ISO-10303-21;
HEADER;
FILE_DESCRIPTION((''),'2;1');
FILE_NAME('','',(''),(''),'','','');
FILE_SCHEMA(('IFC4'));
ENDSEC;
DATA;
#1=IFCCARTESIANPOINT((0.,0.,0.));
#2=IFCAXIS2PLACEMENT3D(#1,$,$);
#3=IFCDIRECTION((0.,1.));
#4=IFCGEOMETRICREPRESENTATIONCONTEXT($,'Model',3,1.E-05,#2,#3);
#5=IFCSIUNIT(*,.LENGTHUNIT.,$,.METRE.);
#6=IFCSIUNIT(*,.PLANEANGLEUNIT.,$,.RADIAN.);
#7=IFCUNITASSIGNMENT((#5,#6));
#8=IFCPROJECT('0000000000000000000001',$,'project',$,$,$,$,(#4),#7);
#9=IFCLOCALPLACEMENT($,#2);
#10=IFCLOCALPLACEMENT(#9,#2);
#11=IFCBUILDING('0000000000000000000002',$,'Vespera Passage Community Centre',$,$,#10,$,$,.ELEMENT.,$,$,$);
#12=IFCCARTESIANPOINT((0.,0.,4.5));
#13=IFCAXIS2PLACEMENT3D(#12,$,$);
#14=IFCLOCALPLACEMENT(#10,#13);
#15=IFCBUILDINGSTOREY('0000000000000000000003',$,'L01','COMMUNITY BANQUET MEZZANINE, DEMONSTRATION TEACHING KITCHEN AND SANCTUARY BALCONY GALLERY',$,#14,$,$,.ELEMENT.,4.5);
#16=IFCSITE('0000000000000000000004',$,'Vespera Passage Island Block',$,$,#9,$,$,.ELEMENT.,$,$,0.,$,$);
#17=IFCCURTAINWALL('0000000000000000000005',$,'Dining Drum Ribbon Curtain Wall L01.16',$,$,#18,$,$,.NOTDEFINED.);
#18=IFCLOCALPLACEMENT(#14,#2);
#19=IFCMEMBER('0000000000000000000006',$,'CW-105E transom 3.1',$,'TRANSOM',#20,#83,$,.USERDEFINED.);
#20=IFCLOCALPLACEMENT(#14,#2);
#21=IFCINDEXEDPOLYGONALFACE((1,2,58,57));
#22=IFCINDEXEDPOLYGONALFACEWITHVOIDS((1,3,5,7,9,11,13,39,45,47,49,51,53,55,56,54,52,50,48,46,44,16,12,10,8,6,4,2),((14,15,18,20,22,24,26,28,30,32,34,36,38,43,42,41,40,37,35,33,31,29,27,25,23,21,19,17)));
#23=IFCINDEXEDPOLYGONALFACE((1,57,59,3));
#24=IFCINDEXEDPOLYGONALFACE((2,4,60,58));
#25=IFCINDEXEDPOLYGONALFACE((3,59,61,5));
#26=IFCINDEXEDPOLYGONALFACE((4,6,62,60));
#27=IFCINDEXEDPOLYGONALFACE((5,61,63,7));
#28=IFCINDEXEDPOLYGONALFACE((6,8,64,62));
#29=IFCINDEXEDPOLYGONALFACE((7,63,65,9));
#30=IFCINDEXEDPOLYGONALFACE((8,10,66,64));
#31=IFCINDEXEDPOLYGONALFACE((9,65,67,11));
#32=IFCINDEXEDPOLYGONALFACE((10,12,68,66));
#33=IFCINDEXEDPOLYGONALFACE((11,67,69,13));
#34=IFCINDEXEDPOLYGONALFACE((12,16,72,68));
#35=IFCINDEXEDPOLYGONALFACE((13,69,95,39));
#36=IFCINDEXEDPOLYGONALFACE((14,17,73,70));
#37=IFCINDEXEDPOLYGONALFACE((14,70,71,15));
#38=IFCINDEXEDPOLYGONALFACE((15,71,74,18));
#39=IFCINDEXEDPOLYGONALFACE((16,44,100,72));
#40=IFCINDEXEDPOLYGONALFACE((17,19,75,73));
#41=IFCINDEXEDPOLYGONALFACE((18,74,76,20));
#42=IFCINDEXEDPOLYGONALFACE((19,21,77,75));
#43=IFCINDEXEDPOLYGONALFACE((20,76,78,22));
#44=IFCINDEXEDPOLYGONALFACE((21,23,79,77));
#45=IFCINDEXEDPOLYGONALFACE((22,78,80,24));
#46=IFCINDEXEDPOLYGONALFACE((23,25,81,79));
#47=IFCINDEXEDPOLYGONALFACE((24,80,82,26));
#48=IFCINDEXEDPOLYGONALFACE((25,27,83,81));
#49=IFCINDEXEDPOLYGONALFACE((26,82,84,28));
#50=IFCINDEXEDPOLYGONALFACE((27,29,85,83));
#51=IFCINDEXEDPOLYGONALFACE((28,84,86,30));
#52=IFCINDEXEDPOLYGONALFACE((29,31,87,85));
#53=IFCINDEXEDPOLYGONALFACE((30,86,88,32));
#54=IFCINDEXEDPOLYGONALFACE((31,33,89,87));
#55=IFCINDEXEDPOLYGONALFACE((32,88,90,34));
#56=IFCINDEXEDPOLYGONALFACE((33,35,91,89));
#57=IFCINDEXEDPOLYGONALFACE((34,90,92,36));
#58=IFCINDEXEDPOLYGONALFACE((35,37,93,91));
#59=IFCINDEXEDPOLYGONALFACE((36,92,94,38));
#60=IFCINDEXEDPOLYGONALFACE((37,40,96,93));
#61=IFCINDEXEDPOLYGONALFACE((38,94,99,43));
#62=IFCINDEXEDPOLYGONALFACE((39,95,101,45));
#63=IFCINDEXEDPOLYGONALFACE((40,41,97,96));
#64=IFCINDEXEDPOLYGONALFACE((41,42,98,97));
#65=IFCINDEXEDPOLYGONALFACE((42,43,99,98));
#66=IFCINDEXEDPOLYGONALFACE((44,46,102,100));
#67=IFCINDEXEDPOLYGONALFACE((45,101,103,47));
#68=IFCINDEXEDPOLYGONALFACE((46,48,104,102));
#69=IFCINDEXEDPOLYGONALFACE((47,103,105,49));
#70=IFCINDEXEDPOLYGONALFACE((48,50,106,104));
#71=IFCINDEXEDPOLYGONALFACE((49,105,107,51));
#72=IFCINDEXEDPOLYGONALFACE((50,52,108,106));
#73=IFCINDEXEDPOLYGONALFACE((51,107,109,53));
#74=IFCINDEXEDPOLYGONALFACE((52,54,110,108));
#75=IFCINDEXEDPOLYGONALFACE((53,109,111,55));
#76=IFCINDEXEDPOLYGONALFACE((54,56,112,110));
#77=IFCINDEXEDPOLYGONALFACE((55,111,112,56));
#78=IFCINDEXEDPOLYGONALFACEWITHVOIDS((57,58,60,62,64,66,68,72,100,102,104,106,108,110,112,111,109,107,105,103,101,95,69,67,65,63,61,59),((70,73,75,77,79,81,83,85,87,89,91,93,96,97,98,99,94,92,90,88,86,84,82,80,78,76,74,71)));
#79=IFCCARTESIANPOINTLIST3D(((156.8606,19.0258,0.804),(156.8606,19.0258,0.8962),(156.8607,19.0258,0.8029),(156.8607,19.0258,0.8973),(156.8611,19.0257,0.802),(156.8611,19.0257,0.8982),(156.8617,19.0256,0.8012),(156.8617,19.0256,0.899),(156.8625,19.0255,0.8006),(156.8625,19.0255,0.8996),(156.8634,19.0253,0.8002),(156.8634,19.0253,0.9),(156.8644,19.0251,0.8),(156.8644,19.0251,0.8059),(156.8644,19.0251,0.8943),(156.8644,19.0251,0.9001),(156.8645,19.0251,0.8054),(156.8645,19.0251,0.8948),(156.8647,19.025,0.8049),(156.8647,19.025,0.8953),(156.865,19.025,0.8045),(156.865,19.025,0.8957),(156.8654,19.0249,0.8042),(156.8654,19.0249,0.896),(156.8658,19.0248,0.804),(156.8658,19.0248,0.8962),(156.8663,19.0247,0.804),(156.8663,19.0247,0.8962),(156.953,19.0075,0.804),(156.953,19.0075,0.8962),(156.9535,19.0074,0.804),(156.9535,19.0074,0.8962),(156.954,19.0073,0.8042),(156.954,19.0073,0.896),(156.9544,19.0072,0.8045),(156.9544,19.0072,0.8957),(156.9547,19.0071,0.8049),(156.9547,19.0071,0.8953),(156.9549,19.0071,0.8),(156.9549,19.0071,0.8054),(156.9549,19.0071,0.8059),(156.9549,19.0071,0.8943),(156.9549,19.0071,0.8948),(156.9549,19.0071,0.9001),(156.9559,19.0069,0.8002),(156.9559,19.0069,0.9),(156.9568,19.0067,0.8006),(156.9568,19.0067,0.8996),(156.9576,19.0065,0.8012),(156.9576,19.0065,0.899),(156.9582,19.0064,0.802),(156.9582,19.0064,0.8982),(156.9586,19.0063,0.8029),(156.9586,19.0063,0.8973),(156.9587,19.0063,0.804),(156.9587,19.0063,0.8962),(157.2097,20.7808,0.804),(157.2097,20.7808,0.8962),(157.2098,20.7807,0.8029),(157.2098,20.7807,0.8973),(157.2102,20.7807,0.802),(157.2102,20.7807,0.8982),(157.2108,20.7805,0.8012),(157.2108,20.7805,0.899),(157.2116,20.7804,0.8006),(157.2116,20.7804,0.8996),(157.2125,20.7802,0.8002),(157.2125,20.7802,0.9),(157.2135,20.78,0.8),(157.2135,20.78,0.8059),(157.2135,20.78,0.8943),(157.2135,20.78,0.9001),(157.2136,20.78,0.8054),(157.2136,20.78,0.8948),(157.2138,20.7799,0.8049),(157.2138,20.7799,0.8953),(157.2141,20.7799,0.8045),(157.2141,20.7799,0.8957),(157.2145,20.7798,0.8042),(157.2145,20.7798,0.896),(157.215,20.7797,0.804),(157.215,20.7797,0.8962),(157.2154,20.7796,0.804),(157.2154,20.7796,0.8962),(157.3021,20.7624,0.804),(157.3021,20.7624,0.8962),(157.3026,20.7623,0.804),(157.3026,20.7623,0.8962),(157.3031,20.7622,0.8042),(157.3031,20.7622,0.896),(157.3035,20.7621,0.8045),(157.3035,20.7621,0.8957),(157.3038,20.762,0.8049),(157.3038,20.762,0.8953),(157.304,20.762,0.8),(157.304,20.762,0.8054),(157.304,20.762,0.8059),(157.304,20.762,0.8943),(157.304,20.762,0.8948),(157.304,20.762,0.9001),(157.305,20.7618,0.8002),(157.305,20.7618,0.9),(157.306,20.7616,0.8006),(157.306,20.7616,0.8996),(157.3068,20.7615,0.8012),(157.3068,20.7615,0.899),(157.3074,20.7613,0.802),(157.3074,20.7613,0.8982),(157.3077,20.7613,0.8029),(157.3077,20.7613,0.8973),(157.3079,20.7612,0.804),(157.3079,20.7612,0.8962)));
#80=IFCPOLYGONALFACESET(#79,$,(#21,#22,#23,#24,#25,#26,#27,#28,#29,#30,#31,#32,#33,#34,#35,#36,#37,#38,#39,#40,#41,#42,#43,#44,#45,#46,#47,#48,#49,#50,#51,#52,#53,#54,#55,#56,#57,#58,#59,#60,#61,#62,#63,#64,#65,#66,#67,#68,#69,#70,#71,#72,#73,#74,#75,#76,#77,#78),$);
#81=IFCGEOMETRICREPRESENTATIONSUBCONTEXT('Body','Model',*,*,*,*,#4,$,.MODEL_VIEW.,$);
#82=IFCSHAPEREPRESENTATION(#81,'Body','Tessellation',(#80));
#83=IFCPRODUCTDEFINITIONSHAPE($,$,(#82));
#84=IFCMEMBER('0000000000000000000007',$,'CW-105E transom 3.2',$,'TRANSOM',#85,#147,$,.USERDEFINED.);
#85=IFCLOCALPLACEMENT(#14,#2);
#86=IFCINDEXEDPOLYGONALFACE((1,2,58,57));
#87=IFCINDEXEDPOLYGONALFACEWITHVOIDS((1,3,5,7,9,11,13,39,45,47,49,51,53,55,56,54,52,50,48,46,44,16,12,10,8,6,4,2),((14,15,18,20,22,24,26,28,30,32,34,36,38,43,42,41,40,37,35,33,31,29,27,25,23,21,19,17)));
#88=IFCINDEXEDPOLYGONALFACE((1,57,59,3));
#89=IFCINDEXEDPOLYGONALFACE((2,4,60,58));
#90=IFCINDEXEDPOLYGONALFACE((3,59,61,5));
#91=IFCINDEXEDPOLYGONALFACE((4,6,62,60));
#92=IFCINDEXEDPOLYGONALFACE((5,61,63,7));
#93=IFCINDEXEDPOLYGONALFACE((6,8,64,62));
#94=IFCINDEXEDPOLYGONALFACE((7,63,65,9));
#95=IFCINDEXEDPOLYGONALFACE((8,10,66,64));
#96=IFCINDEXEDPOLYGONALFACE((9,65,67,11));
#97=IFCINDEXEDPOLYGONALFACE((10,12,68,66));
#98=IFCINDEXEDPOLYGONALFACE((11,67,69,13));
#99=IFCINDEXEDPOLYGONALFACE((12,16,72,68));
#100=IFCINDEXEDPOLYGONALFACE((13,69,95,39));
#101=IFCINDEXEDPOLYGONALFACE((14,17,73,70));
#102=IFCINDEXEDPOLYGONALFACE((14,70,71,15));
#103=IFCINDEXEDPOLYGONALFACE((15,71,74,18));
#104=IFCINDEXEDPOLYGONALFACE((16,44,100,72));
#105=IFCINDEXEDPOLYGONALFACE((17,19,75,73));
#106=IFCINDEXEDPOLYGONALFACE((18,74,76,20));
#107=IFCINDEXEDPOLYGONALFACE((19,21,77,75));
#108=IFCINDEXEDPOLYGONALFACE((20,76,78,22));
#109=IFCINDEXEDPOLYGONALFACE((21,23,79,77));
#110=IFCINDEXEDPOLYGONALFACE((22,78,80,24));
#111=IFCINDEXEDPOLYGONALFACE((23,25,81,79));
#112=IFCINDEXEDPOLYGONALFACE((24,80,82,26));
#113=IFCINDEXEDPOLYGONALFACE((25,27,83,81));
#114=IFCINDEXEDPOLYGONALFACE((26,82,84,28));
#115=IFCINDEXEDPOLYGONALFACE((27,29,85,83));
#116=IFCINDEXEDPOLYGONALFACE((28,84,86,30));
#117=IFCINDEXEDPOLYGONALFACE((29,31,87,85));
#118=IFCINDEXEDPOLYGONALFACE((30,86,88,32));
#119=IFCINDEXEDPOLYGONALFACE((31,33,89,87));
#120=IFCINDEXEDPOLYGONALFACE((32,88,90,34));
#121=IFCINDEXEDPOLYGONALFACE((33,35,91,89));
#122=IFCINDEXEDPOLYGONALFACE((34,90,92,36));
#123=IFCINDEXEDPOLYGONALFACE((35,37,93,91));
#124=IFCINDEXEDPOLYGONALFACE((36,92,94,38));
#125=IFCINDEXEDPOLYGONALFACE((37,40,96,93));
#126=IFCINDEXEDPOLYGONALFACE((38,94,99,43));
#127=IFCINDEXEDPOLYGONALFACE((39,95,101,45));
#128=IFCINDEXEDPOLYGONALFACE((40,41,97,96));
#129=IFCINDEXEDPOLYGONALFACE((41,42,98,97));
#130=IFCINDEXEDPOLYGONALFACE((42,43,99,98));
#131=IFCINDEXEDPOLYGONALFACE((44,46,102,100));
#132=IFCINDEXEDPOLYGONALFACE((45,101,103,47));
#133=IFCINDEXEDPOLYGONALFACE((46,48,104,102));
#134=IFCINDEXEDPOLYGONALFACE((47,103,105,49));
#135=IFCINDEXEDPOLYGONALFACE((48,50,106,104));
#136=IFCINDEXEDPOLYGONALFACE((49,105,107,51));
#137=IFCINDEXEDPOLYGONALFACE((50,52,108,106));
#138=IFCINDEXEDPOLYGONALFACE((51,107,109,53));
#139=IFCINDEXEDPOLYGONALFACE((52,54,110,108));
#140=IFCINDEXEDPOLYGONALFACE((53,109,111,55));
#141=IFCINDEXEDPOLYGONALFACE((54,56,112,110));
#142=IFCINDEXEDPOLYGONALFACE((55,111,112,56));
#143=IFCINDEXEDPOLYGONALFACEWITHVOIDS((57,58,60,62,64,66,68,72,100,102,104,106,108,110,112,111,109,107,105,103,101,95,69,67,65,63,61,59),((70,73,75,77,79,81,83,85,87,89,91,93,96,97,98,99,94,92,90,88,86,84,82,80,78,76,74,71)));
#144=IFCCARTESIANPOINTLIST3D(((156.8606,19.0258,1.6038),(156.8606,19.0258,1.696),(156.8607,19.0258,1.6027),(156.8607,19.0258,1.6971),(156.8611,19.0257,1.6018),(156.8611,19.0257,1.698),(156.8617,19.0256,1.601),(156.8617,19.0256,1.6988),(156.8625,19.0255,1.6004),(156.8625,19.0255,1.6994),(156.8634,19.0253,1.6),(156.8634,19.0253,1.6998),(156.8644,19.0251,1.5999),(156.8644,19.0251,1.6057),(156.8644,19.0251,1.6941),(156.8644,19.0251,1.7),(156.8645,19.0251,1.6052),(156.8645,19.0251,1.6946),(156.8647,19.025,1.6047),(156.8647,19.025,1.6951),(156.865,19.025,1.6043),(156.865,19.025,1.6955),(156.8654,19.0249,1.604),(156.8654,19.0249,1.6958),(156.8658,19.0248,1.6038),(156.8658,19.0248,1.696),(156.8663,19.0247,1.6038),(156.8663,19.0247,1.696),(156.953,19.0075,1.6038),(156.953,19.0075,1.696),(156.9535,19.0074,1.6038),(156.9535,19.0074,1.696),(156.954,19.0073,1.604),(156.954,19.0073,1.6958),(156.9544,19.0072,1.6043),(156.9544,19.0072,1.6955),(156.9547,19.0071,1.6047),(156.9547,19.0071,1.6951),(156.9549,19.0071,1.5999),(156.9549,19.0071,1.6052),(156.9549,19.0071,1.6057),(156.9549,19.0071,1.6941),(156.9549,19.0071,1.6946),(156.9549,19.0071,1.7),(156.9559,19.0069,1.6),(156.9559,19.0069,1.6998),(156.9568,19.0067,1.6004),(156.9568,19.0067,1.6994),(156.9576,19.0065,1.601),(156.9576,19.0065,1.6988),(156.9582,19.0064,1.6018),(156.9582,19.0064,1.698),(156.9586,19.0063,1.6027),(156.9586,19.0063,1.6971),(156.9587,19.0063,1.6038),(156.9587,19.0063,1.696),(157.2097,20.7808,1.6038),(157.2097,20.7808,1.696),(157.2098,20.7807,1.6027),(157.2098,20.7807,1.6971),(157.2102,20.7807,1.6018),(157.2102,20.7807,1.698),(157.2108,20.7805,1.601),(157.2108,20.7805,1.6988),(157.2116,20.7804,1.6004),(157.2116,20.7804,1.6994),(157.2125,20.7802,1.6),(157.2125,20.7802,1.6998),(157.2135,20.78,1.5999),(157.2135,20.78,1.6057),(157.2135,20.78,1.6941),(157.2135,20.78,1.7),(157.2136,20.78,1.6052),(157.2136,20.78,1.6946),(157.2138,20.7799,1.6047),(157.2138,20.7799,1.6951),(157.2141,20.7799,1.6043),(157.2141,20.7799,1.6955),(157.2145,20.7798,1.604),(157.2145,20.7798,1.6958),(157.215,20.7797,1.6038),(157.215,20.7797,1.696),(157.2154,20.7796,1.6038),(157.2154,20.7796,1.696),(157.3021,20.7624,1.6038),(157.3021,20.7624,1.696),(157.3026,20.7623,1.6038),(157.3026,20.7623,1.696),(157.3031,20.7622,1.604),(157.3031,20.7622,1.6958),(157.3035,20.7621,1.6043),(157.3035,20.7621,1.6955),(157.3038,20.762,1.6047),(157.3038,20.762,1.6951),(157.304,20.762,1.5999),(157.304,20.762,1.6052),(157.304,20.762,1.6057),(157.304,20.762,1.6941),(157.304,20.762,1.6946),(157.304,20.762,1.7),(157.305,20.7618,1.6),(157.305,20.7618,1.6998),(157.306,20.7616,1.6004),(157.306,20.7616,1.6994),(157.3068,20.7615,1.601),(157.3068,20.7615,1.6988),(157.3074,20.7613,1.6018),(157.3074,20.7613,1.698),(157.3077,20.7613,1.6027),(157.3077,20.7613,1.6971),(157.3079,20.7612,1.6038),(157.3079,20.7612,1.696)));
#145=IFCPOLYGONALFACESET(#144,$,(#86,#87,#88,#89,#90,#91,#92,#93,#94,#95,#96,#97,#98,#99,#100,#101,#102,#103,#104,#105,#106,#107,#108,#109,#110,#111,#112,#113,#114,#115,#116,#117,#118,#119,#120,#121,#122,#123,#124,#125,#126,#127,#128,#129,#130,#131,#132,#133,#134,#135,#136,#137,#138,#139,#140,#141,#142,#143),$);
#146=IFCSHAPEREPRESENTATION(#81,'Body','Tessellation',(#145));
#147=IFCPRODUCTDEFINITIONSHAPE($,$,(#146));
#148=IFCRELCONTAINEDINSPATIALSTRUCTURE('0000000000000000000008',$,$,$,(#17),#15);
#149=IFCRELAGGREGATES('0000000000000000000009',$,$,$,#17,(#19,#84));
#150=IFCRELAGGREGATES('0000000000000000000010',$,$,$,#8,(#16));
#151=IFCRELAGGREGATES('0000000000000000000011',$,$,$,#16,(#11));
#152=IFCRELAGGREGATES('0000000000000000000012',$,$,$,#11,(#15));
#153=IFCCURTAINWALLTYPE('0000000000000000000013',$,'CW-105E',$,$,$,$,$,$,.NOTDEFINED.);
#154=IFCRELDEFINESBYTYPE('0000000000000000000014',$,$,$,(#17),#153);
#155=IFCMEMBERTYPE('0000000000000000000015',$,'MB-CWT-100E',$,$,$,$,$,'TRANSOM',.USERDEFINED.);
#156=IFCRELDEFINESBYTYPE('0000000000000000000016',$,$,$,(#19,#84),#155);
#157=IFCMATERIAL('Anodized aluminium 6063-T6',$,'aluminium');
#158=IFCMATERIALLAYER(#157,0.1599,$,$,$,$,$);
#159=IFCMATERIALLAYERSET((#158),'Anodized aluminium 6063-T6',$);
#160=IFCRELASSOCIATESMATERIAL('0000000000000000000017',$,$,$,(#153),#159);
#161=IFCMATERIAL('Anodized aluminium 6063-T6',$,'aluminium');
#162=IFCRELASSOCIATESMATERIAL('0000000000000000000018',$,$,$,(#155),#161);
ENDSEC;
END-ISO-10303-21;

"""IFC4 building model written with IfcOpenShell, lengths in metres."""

from ifc_helpers import new_model, si_unit, direction, frame, origin, origin_2d, place, context, subcontext, project, spatial, hollow_rectangle, extrude, material, layer, layer_set, material_profile, profile_set, type_object, element, aggregate, save


model = new_model("IFC4")

# Units and contexts
model_context = context("Model", 3, precision=1e-05, world=origin(), true_north=direction((0.0, 1.0)))
body_context = subcontext(model_context, "Body", "Model", "MODEL_VIEW")
ifc_project = project(units=[si_unit("LENGTHUNIT", "METRE"), si_unit("PLANEANGLEUNIT", "RADIAN")], contexts=[model_context])

# Site, building, storey
site_placement = place(None, origin())
site = spatial("IfcSite", under=ifc_project, at=site_placement, Name="Vespera Passage Island Block", CompositionType="ELEMENT", RefElevation=0.0)
building_placement = place(site_placement, origin())
building = spatial("IfcBuilding", under=site, at=building_placement, Name="Vespera Passage Community Centre", CompositionType="ELEMENT")
storey_placement = place(building_placement, frame((0.0, 0.0, 4.5)))
storey = spatial("IfcBuildingStorey", under=building, at=storey_placement, Name="L01", Description="COMMUNITY BANQUET MEZZANINE, DEMONSTRATION TEACHING KITCHEN AND SANCTUARY BALCONY GALLERY", CompositionType="ELEMENT", Elevation=4.5)

# Curtain wall, members
ifc_material_1 = material(Name="Anodized aluminium 6063-T6", Category="aluminium")
ifc_layer_1 = layer(ifc_material_1, 0.1599)
ifc_layer_set_1 = layer_set([ifc_layer_1], Name="Anodized aluminium 6063-T6")
curtain_wall_type = type_object("IfcCurtainWallType", Name="CW-105E", PredefinedType="NOTDEFINED", material=ifc_layer_set_1)
curtain_wall_placement = place(storey_placement, origin())
curtain_wall = element("IfcCurtainWall", 1, at=curtain_wall_placement, inside=storey, type_object=curtain_wall_type, Name="Dining Drum Ribbon Curtain Wall L01.16", PredefinedType="NOTDEFINED")
ifc_material_2 = material(Name="Anodized aluminium 6063-T6", Category="aluminium")
ifc_material_profile_1 = material_profile(ifc_material_2, hollow_rectangle(XDim=0.1001, YDim=0.1001, WallThickness=0.0039, InnerFilletRadius=0.002, OuterFilletRadius=0.0039, at=origin_2d()), Name="ALU100X100X4")
ifc_profile_set_1 = profile_set([ifc_material_profile_1], Name="Anodized aluminium 6063-T6")
member_type_1 = type_object("IfcMemberType", Name="MB-CWT-100E", ElementType="TRANSOM", PredefinedType="USERDEFINED", material=ifc_profile_set_1)
member_1_placement = place(storey_placement, frame((157.2588, 20.771, 0.8501), z_axis=(-0.195119, -0.98078, 0.0), x_axis=(0.98078, -0.195119, 0.0)))
member_1 = element("IfcMember", 2, at=member_1_placement, type_object=member_type_1, Name="CW-105E transom 3.1", ObjectType="TRANSOM", PredefinedType="USERDEFINED", context=body_context, shape_type="SweptSolid", body=[
    extrude(hollow_rectangle(XDim=0.1001, YDim=0.1001, WallThickness=0.0039, InnerFilletRadius=0.002, OuterFilletRadius=0.0039, at=origin_2d()), origin(), (0.0, 0.0, 1.0), 1.7893),
])
member_2_placement = place(storey_placement, frame((157.2588, 20.771, 1.6499), z_axis=(-0.195119, -0.98078, 0.0), x_axis=(0.98078, -0.195119, 0.0)))
member_2 = element("IfcMember", 3, at=member_2_placement, type_object=member_type_1, Name="CW-105E transom 3.2", ObjectType="TRANSOM", PredefinedType="USERDEFINED", context=body_context, shape_type="SweptSolid", body=[
    extrude(hollow_rectangle(XDim=0.1001, YDim=0.1001, WallThickness=0.0039, InnerFilletRadius=0.002, OuterFilletRadius=0.0039, at=origin_2d()), origin(), (0.0, 0.0, 1.0), 1.7893),
])
aggregate(curtain_wall, [member_1, member_2])

save(model, "model.ifc")
